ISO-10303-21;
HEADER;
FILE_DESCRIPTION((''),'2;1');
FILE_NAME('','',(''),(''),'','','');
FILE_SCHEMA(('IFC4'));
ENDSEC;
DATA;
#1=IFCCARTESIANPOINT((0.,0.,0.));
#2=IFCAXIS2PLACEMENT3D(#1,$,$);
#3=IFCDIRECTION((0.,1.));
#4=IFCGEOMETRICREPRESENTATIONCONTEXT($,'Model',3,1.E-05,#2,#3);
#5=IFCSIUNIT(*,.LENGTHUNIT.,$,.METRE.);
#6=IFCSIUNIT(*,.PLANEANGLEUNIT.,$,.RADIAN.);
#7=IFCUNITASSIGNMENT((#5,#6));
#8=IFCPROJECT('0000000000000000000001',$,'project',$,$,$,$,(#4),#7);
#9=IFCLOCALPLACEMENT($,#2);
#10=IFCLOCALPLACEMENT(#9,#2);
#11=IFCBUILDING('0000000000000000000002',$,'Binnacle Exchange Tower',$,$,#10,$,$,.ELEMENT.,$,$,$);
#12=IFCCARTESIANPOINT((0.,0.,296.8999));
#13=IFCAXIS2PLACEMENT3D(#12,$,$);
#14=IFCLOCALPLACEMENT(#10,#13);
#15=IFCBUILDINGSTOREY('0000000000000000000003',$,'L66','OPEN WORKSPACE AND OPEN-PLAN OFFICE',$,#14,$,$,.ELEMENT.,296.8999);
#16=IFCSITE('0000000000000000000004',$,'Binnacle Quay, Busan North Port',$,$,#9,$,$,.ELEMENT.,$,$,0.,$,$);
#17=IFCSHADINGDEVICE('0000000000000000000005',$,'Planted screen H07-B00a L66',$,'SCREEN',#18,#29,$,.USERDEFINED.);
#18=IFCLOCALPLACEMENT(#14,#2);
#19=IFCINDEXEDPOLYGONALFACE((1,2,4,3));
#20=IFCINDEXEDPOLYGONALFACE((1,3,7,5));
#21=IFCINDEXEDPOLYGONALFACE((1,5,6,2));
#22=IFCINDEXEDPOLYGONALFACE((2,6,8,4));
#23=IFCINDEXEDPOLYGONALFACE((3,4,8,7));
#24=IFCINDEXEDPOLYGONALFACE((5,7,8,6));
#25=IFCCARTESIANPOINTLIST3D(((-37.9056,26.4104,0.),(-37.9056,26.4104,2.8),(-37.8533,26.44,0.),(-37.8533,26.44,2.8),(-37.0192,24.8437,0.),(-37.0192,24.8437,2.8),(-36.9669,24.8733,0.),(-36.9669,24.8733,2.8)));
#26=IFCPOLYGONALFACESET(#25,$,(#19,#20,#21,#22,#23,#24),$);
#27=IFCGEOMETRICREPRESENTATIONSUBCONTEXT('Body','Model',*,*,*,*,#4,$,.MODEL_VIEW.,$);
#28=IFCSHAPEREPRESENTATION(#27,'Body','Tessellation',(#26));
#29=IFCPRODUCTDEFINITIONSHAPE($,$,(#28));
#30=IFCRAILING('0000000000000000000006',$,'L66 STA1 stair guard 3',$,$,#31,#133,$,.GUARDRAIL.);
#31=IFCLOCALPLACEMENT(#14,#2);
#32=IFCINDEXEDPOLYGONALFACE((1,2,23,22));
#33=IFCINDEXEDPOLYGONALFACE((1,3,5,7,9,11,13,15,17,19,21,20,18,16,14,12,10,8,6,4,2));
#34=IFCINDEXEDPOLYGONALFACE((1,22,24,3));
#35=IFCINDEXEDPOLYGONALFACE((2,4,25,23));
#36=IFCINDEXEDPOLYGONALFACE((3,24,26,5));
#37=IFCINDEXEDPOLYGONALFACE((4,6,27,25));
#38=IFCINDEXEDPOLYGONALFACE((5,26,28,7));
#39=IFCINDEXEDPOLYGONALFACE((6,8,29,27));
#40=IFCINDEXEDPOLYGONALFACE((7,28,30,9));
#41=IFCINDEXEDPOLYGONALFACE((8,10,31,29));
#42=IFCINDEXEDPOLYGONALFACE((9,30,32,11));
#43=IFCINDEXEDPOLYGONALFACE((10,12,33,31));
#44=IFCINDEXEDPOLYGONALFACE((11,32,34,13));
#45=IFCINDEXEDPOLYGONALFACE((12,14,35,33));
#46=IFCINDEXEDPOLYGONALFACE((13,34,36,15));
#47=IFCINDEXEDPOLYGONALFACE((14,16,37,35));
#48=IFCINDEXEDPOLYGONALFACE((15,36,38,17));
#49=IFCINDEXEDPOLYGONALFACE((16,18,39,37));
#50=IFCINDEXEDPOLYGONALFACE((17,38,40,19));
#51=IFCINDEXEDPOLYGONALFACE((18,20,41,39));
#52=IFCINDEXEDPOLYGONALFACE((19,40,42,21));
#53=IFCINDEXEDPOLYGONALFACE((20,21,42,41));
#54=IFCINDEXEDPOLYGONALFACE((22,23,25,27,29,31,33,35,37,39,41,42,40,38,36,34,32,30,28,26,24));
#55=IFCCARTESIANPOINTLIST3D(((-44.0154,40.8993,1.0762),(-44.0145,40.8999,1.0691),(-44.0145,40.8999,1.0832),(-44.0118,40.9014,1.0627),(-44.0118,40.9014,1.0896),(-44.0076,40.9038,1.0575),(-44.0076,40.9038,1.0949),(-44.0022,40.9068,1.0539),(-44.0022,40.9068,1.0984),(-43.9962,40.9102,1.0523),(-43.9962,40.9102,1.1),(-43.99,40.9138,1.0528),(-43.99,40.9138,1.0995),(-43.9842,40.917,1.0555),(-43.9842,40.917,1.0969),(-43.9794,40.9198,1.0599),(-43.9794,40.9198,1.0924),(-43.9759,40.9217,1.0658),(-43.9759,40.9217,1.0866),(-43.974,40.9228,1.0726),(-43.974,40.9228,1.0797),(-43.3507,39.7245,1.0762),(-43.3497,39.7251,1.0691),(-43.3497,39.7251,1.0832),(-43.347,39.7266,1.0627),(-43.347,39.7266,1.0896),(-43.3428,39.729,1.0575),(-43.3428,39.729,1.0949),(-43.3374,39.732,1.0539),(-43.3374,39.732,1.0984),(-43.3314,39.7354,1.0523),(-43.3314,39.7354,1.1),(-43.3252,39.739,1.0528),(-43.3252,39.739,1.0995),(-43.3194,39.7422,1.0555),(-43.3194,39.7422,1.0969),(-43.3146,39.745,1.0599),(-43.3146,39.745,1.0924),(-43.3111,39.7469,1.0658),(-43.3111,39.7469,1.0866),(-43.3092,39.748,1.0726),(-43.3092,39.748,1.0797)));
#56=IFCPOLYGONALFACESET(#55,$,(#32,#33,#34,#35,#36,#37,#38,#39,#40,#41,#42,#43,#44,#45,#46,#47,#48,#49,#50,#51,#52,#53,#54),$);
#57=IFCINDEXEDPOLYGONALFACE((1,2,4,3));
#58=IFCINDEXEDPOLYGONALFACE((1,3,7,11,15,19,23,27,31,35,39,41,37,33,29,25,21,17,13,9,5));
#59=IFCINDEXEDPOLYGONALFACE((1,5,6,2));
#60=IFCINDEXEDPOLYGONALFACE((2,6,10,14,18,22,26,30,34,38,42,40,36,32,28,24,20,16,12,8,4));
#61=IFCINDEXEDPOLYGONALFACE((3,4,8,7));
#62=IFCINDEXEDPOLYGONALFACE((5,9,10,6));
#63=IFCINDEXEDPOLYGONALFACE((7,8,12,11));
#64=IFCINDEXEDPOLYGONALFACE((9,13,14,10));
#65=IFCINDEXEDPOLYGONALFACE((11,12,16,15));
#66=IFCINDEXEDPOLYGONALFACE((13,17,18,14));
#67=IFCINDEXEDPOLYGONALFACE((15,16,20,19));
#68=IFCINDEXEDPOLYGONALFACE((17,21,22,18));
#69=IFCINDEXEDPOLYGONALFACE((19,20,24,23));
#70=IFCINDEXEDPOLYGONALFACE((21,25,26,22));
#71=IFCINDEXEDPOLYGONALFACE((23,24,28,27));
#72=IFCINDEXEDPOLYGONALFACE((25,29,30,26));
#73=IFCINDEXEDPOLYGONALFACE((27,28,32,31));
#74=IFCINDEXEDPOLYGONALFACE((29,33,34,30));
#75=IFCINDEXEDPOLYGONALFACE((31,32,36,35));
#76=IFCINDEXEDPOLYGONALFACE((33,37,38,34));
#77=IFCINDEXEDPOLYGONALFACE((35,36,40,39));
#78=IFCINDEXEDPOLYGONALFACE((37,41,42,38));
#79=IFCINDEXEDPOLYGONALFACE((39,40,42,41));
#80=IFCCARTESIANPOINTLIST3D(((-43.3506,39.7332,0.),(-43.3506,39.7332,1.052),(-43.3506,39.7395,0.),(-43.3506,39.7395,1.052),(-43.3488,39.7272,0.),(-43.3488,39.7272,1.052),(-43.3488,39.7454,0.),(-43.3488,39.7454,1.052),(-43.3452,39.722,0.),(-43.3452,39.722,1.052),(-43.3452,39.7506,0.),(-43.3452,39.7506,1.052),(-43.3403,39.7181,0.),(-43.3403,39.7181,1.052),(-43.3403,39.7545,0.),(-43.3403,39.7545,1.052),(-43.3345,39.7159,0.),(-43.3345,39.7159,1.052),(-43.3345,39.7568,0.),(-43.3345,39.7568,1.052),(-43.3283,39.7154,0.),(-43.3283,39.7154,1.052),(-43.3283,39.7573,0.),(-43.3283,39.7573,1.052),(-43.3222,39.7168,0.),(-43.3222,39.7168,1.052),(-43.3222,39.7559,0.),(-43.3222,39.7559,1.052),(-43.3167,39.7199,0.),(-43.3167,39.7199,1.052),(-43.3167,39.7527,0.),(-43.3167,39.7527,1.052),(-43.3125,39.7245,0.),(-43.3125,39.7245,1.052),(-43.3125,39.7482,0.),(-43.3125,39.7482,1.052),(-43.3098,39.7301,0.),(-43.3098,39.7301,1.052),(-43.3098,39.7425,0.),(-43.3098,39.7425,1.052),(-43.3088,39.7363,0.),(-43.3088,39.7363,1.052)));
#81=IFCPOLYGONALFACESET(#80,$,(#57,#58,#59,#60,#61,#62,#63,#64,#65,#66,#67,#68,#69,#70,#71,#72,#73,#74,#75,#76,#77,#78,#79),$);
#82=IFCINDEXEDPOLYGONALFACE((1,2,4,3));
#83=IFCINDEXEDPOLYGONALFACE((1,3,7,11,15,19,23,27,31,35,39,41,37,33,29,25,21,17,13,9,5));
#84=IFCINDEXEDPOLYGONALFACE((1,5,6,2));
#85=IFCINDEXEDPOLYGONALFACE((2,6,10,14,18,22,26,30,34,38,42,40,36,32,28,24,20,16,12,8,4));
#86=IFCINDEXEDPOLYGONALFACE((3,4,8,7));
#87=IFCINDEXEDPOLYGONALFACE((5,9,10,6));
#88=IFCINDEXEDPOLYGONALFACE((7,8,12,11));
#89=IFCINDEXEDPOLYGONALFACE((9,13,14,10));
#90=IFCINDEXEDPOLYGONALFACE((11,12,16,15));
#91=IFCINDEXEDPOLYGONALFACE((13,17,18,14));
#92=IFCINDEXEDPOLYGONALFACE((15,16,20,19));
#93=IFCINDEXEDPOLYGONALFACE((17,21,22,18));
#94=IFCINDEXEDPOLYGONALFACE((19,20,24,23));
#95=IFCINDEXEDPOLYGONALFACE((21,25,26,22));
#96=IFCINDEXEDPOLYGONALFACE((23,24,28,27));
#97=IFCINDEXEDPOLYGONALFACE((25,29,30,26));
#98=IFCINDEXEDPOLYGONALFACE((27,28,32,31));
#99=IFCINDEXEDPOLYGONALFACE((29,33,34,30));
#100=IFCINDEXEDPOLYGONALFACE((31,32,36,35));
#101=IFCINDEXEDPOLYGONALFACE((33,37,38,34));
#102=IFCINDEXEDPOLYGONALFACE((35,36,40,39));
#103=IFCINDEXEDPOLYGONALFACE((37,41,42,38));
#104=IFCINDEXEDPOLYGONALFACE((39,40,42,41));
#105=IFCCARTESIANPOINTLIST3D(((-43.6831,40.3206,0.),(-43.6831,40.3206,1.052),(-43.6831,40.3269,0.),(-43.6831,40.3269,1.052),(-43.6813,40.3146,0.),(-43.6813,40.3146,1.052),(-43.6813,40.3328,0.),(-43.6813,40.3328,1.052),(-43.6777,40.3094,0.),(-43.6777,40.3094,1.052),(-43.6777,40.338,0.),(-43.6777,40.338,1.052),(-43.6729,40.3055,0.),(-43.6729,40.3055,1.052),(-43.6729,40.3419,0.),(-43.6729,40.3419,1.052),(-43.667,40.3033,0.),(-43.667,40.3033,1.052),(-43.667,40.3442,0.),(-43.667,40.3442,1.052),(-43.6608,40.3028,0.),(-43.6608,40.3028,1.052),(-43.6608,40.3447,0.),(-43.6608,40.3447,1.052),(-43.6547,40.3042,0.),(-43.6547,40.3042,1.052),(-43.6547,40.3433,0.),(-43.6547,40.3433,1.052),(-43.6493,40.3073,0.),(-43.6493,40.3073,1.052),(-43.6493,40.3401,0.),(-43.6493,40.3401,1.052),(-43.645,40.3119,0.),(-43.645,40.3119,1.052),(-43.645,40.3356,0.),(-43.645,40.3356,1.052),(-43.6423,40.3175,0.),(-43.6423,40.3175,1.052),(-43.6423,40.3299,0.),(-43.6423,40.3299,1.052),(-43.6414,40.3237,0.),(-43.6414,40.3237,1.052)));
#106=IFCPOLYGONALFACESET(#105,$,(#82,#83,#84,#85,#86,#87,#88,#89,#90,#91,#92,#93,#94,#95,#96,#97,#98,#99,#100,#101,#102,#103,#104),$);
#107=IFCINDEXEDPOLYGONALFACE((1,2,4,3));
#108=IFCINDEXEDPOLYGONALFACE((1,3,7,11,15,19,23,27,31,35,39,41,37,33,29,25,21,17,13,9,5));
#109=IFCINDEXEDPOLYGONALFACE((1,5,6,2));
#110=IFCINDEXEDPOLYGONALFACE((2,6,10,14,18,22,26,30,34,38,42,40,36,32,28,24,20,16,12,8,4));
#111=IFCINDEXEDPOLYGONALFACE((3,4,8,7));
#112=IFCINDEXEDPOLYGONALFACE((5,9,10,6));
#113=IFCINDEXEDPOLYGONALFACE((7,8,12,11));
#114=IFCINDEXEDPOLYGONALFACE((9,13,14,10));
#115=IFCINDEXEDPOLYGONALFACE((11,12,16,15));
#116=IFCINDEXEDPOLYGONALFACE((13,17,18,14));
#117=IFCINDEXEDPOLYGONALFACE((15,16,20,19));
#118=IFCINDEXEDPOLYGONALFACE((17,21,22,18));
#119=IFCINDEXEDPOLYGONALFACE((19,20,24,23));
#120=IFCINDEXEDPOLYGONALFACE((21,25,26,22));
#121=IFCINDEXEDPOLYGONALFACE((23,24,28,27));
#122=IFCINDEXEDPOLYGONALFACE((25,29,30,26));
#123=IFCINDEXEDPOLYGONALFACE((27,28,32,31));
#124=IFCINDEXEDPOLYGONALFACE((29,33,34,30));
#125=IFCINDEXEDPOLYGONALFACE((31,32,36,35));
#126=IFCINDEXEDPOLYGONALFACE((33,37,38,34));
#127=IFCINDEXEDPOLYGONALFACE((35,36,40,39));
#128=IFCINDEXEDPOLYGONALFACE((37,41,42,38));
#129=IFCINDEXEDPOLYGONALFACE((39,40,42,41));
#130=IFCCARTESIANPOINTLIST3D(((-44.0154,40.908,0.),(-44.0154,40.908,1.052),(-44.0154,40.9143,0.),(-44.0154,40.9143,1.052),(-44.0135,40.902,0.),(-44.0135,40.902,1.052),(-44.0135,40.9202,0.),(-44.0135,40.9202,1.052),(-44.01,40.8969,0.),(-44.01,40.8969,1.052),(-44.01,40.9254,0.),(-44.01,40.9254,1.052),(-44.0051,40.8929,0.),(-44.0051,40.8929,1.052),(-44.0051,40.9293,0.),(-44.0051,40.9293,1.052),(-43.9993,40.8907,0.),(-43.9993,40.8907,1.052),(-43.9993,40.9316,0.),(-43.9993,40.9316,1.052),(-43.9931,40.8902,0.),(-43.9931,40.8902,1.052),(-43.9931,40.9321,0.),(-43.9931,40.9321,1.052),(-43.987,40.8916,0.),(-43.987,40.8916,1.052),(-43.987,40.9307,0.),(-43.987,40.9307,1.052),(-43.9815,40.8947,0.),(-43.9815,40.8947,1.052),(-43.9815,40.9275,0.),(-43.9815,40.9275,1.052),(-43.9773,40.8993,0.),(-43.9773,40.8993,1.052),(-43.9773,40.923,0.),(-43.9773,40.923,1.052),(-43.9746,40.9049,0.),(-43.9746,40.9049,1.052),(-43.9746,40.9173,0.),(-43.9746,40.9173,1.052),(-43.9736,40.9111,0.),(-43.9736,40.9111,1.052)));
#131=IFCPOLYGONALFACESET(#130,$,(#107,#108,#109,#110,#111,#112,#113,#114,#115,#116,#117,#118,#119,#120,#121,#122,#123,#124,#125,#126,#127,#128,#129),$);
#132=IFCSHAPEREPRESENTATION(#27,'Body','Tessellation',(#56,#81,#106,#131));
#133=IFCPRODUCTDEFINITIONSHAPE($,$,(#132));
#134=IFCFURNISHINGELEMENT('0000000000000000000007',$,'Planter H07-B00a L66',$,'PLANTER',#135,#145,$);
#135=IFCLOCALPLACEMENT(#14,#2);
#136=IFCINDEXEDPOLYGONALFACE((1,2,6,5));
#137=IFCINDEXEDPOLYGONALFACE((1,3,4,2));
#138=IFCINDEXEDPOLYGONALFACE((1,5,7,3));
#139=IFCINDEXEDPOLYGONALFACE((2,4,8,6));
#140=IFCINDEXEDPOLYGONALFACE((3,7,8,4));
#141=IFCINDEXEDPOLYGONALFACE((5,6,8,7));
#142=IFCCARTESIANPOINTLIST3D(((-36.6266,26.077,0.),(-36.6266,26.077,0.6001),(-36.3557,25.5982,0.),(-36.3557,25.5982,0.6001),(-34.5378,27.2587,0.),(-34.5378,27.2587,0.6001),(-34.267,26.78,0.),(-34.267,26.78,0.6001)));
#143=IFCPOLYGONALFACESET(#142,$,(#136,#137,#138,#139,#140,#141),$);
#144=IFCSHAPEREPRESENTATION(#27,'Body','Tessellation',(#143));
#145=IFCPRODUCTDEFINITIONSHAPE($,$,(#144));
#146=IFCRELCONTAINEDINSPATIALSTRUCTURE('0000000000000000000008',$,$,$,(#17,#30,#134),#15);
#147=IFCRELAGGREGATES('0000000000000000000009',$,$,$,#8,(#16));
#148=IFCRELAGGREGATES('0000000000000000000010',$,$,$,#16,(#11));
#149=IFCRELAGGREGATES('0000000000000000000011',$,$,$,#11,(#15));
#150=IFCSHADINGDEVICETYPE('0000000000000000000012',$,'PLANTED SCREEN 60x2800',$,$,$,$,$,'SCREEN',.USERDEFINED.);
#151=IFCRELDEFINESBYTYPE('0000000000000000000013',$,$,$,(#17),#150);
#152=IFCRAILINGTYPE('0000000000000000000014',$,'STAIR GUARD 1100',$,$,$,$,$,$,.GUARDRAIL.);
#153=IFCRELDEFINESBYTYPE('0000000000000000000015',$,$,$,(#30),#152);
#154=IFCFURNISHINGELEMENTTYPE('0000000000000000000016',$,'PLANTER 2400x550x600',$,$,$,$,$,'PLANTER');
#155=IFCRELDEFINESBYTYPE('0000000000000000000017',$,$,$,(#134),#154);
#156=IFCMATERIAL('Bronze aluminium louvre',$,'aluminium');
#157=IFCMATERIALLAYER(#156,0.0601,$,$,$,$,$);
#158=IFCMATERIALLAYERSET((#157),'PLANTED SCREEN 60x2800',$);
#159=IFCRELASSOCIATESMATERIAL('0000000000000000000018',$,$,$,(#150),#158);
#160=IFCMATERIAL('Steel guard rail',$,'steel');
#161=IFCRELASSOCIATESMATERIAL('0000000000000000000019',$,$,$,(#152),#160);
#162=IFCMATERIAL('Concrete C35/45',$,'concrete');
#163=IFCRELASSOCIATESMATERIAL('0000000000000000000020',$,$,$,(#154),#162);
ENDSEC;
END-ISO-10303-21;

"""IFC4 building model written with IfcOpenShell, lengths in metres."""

from ifc_helpers import new_model, si_unit, direction, frame, origin, origin_2d, place, context, subcontext, project, spatial, rectangle, circle, extrude, material, layer, layer_set, type_object, element, save


model = new_model("IFC4")

# Units and contexts
model_context = context("Model", 3, precision=1e-05, world=origin(), true_north=direction((0.0, 1.0)))
body_context = subcontext(model_context, "Body", "Model", "MODEL_VIEW")
ifc_project = project(units=[si_unit("LENGTHUNIT", "METRE"), si_unit("PLANEANGLEUNIT", "RADIAN")], contexts=[model_context])

# Site, building, storey
site_placement = place(None, origin())
site = spatial("IfcSite", under=ifc_project, at=site_placement, Name="Binnacle Quay, Busan North Port", CompositionType="ELEMENT", RefElevation=0.0)
building_placement = place(site_placement, origin())
building = spatial("IfcBuilding", under=site, at=building_placement, Name="Binnacle Exchange Tower", CompositionType="ELEMENT")
storey_placement = place(building_placement, frame((0.0, 0.0, 296.8999)))
storey = spatial("IfcBuildingStorey", under=building, at=storey_placement, Name="L66", Description="OPEN WORKSPACE AND OPEN-PLAN OFFICE", CompositionType="ELEMENT", Elevation=296.8999)

# Shared definitions
ifc_material_1 = material(Name="Concrete C35/45", Category="concrete")

# Shading device
ifc_material_2 = material(Name="Bronze aluminium louvre", Category="aluminium")
ifc_layer_1 = layer(ifc_material_2, 0.0601)
ifc_layer_set_1 = layer_set([ifc_layer_1], Name="PLANTED SCREEN 60x2800")
shading_device_type = type_object("IfcShadingDeviceType", Name="PLANTED SCREEN 60x2800", ElementType="SCREEN", PredefinedType="USERDEFINED", material=ifc_layer_set_1)
shading_device_placement = place(storey_placement, frame((-37.4363, 25.6418, 0.0), z_axis=(0.0, 0.0, 1.0), x_axis=(0.870356, 0.492424, 0.0)))
element("IfcShadingDevice", 1, at=shading_device_placement, inside=storey, type_object=shading_device_type, Name="Planted screen H07-B00a L66", ObjectType="SCREEN", PredefinedType="USERDEFINED", context=body_context, shape_type="SweptSolid", body=[
    extrude(rectangle(XDim=0.0601, YDim=1.8, at=origin_2d()), origin(), (0.0, 0.0, 1.0), 2.8),
])

# Railing
ifc_material_3 = material(Name="Steel guard rail", Category="steel")
railing_type_1 = type_object("IfcRailingType", Name="STAIR GUARD 1100", PredefinedType="GUARDRAIL", material=ifc_material_3)
railing_1_placement = place(storey_placement, frame((-43.3298, 39.7363, 0.0)))
element("IfcRailing", 2, at=railing_1_placement, inside=storey, type_object=railing_type_1, Name="L66 STA1 stair guard 3", PredefinedType="GUARDRAIL", context=body_context, shape_type="SweptSolid", body=[
    extrude(circle(Radius=0.0239, at=origin_2d()), frame((0.0, 0.0, 1.0762), z_axis=(-0.492492, 0.870317, 0.0), x_axis=(-0.870317, -0.492492, 0.0)), (0.0, 0.0, 1.0), 1.3499),
    extrude(circle(Radius=0.021, at=origin_2d()), origin(), (0.0, 0.0, 1.0), 1.052),
    extrude(circle(Radius=0.021, at=origin_2d()), frame((-0.3325, 0.5874, 0.0)), (0.0, 0.0, 1.0), 1.052),
    extrude(circle(Radius=0.021, at=origin_2d()), frame((-0.6648, 1.1748, 0.0)), (0.0, 0.0, 1.0), 1.052),
])

# Furnishing element
furnishing_element_type = type_object("IfcFurnishingElementType", Name="PLANTER 2400x550x600", ElementType="PLANTER", material=ifc_material_1)
furnishing_placement = place(storey_placement, frame((-35.4468, 26.4285, 0.0), z_axis=(0.0, 0.0, 1.0), x_axis=(0.870356, 0.492424, 0.0)))
element("IfcFurnishingElement", 3, at=furnishing_placement, inside=storey, type_object=furnishing_element_type, Name="Planter H07-B00a L66", ObjectType="PLANTER", context=body_context, shape_type="SweptSolid", body=[
    extrude(rectangle(XDim=2.3999, YDim=0.55, at=origin_2d()), origin(), (0.0, 0.0, 1.0), 0.6001),
])

save(model, "model.ifc")
